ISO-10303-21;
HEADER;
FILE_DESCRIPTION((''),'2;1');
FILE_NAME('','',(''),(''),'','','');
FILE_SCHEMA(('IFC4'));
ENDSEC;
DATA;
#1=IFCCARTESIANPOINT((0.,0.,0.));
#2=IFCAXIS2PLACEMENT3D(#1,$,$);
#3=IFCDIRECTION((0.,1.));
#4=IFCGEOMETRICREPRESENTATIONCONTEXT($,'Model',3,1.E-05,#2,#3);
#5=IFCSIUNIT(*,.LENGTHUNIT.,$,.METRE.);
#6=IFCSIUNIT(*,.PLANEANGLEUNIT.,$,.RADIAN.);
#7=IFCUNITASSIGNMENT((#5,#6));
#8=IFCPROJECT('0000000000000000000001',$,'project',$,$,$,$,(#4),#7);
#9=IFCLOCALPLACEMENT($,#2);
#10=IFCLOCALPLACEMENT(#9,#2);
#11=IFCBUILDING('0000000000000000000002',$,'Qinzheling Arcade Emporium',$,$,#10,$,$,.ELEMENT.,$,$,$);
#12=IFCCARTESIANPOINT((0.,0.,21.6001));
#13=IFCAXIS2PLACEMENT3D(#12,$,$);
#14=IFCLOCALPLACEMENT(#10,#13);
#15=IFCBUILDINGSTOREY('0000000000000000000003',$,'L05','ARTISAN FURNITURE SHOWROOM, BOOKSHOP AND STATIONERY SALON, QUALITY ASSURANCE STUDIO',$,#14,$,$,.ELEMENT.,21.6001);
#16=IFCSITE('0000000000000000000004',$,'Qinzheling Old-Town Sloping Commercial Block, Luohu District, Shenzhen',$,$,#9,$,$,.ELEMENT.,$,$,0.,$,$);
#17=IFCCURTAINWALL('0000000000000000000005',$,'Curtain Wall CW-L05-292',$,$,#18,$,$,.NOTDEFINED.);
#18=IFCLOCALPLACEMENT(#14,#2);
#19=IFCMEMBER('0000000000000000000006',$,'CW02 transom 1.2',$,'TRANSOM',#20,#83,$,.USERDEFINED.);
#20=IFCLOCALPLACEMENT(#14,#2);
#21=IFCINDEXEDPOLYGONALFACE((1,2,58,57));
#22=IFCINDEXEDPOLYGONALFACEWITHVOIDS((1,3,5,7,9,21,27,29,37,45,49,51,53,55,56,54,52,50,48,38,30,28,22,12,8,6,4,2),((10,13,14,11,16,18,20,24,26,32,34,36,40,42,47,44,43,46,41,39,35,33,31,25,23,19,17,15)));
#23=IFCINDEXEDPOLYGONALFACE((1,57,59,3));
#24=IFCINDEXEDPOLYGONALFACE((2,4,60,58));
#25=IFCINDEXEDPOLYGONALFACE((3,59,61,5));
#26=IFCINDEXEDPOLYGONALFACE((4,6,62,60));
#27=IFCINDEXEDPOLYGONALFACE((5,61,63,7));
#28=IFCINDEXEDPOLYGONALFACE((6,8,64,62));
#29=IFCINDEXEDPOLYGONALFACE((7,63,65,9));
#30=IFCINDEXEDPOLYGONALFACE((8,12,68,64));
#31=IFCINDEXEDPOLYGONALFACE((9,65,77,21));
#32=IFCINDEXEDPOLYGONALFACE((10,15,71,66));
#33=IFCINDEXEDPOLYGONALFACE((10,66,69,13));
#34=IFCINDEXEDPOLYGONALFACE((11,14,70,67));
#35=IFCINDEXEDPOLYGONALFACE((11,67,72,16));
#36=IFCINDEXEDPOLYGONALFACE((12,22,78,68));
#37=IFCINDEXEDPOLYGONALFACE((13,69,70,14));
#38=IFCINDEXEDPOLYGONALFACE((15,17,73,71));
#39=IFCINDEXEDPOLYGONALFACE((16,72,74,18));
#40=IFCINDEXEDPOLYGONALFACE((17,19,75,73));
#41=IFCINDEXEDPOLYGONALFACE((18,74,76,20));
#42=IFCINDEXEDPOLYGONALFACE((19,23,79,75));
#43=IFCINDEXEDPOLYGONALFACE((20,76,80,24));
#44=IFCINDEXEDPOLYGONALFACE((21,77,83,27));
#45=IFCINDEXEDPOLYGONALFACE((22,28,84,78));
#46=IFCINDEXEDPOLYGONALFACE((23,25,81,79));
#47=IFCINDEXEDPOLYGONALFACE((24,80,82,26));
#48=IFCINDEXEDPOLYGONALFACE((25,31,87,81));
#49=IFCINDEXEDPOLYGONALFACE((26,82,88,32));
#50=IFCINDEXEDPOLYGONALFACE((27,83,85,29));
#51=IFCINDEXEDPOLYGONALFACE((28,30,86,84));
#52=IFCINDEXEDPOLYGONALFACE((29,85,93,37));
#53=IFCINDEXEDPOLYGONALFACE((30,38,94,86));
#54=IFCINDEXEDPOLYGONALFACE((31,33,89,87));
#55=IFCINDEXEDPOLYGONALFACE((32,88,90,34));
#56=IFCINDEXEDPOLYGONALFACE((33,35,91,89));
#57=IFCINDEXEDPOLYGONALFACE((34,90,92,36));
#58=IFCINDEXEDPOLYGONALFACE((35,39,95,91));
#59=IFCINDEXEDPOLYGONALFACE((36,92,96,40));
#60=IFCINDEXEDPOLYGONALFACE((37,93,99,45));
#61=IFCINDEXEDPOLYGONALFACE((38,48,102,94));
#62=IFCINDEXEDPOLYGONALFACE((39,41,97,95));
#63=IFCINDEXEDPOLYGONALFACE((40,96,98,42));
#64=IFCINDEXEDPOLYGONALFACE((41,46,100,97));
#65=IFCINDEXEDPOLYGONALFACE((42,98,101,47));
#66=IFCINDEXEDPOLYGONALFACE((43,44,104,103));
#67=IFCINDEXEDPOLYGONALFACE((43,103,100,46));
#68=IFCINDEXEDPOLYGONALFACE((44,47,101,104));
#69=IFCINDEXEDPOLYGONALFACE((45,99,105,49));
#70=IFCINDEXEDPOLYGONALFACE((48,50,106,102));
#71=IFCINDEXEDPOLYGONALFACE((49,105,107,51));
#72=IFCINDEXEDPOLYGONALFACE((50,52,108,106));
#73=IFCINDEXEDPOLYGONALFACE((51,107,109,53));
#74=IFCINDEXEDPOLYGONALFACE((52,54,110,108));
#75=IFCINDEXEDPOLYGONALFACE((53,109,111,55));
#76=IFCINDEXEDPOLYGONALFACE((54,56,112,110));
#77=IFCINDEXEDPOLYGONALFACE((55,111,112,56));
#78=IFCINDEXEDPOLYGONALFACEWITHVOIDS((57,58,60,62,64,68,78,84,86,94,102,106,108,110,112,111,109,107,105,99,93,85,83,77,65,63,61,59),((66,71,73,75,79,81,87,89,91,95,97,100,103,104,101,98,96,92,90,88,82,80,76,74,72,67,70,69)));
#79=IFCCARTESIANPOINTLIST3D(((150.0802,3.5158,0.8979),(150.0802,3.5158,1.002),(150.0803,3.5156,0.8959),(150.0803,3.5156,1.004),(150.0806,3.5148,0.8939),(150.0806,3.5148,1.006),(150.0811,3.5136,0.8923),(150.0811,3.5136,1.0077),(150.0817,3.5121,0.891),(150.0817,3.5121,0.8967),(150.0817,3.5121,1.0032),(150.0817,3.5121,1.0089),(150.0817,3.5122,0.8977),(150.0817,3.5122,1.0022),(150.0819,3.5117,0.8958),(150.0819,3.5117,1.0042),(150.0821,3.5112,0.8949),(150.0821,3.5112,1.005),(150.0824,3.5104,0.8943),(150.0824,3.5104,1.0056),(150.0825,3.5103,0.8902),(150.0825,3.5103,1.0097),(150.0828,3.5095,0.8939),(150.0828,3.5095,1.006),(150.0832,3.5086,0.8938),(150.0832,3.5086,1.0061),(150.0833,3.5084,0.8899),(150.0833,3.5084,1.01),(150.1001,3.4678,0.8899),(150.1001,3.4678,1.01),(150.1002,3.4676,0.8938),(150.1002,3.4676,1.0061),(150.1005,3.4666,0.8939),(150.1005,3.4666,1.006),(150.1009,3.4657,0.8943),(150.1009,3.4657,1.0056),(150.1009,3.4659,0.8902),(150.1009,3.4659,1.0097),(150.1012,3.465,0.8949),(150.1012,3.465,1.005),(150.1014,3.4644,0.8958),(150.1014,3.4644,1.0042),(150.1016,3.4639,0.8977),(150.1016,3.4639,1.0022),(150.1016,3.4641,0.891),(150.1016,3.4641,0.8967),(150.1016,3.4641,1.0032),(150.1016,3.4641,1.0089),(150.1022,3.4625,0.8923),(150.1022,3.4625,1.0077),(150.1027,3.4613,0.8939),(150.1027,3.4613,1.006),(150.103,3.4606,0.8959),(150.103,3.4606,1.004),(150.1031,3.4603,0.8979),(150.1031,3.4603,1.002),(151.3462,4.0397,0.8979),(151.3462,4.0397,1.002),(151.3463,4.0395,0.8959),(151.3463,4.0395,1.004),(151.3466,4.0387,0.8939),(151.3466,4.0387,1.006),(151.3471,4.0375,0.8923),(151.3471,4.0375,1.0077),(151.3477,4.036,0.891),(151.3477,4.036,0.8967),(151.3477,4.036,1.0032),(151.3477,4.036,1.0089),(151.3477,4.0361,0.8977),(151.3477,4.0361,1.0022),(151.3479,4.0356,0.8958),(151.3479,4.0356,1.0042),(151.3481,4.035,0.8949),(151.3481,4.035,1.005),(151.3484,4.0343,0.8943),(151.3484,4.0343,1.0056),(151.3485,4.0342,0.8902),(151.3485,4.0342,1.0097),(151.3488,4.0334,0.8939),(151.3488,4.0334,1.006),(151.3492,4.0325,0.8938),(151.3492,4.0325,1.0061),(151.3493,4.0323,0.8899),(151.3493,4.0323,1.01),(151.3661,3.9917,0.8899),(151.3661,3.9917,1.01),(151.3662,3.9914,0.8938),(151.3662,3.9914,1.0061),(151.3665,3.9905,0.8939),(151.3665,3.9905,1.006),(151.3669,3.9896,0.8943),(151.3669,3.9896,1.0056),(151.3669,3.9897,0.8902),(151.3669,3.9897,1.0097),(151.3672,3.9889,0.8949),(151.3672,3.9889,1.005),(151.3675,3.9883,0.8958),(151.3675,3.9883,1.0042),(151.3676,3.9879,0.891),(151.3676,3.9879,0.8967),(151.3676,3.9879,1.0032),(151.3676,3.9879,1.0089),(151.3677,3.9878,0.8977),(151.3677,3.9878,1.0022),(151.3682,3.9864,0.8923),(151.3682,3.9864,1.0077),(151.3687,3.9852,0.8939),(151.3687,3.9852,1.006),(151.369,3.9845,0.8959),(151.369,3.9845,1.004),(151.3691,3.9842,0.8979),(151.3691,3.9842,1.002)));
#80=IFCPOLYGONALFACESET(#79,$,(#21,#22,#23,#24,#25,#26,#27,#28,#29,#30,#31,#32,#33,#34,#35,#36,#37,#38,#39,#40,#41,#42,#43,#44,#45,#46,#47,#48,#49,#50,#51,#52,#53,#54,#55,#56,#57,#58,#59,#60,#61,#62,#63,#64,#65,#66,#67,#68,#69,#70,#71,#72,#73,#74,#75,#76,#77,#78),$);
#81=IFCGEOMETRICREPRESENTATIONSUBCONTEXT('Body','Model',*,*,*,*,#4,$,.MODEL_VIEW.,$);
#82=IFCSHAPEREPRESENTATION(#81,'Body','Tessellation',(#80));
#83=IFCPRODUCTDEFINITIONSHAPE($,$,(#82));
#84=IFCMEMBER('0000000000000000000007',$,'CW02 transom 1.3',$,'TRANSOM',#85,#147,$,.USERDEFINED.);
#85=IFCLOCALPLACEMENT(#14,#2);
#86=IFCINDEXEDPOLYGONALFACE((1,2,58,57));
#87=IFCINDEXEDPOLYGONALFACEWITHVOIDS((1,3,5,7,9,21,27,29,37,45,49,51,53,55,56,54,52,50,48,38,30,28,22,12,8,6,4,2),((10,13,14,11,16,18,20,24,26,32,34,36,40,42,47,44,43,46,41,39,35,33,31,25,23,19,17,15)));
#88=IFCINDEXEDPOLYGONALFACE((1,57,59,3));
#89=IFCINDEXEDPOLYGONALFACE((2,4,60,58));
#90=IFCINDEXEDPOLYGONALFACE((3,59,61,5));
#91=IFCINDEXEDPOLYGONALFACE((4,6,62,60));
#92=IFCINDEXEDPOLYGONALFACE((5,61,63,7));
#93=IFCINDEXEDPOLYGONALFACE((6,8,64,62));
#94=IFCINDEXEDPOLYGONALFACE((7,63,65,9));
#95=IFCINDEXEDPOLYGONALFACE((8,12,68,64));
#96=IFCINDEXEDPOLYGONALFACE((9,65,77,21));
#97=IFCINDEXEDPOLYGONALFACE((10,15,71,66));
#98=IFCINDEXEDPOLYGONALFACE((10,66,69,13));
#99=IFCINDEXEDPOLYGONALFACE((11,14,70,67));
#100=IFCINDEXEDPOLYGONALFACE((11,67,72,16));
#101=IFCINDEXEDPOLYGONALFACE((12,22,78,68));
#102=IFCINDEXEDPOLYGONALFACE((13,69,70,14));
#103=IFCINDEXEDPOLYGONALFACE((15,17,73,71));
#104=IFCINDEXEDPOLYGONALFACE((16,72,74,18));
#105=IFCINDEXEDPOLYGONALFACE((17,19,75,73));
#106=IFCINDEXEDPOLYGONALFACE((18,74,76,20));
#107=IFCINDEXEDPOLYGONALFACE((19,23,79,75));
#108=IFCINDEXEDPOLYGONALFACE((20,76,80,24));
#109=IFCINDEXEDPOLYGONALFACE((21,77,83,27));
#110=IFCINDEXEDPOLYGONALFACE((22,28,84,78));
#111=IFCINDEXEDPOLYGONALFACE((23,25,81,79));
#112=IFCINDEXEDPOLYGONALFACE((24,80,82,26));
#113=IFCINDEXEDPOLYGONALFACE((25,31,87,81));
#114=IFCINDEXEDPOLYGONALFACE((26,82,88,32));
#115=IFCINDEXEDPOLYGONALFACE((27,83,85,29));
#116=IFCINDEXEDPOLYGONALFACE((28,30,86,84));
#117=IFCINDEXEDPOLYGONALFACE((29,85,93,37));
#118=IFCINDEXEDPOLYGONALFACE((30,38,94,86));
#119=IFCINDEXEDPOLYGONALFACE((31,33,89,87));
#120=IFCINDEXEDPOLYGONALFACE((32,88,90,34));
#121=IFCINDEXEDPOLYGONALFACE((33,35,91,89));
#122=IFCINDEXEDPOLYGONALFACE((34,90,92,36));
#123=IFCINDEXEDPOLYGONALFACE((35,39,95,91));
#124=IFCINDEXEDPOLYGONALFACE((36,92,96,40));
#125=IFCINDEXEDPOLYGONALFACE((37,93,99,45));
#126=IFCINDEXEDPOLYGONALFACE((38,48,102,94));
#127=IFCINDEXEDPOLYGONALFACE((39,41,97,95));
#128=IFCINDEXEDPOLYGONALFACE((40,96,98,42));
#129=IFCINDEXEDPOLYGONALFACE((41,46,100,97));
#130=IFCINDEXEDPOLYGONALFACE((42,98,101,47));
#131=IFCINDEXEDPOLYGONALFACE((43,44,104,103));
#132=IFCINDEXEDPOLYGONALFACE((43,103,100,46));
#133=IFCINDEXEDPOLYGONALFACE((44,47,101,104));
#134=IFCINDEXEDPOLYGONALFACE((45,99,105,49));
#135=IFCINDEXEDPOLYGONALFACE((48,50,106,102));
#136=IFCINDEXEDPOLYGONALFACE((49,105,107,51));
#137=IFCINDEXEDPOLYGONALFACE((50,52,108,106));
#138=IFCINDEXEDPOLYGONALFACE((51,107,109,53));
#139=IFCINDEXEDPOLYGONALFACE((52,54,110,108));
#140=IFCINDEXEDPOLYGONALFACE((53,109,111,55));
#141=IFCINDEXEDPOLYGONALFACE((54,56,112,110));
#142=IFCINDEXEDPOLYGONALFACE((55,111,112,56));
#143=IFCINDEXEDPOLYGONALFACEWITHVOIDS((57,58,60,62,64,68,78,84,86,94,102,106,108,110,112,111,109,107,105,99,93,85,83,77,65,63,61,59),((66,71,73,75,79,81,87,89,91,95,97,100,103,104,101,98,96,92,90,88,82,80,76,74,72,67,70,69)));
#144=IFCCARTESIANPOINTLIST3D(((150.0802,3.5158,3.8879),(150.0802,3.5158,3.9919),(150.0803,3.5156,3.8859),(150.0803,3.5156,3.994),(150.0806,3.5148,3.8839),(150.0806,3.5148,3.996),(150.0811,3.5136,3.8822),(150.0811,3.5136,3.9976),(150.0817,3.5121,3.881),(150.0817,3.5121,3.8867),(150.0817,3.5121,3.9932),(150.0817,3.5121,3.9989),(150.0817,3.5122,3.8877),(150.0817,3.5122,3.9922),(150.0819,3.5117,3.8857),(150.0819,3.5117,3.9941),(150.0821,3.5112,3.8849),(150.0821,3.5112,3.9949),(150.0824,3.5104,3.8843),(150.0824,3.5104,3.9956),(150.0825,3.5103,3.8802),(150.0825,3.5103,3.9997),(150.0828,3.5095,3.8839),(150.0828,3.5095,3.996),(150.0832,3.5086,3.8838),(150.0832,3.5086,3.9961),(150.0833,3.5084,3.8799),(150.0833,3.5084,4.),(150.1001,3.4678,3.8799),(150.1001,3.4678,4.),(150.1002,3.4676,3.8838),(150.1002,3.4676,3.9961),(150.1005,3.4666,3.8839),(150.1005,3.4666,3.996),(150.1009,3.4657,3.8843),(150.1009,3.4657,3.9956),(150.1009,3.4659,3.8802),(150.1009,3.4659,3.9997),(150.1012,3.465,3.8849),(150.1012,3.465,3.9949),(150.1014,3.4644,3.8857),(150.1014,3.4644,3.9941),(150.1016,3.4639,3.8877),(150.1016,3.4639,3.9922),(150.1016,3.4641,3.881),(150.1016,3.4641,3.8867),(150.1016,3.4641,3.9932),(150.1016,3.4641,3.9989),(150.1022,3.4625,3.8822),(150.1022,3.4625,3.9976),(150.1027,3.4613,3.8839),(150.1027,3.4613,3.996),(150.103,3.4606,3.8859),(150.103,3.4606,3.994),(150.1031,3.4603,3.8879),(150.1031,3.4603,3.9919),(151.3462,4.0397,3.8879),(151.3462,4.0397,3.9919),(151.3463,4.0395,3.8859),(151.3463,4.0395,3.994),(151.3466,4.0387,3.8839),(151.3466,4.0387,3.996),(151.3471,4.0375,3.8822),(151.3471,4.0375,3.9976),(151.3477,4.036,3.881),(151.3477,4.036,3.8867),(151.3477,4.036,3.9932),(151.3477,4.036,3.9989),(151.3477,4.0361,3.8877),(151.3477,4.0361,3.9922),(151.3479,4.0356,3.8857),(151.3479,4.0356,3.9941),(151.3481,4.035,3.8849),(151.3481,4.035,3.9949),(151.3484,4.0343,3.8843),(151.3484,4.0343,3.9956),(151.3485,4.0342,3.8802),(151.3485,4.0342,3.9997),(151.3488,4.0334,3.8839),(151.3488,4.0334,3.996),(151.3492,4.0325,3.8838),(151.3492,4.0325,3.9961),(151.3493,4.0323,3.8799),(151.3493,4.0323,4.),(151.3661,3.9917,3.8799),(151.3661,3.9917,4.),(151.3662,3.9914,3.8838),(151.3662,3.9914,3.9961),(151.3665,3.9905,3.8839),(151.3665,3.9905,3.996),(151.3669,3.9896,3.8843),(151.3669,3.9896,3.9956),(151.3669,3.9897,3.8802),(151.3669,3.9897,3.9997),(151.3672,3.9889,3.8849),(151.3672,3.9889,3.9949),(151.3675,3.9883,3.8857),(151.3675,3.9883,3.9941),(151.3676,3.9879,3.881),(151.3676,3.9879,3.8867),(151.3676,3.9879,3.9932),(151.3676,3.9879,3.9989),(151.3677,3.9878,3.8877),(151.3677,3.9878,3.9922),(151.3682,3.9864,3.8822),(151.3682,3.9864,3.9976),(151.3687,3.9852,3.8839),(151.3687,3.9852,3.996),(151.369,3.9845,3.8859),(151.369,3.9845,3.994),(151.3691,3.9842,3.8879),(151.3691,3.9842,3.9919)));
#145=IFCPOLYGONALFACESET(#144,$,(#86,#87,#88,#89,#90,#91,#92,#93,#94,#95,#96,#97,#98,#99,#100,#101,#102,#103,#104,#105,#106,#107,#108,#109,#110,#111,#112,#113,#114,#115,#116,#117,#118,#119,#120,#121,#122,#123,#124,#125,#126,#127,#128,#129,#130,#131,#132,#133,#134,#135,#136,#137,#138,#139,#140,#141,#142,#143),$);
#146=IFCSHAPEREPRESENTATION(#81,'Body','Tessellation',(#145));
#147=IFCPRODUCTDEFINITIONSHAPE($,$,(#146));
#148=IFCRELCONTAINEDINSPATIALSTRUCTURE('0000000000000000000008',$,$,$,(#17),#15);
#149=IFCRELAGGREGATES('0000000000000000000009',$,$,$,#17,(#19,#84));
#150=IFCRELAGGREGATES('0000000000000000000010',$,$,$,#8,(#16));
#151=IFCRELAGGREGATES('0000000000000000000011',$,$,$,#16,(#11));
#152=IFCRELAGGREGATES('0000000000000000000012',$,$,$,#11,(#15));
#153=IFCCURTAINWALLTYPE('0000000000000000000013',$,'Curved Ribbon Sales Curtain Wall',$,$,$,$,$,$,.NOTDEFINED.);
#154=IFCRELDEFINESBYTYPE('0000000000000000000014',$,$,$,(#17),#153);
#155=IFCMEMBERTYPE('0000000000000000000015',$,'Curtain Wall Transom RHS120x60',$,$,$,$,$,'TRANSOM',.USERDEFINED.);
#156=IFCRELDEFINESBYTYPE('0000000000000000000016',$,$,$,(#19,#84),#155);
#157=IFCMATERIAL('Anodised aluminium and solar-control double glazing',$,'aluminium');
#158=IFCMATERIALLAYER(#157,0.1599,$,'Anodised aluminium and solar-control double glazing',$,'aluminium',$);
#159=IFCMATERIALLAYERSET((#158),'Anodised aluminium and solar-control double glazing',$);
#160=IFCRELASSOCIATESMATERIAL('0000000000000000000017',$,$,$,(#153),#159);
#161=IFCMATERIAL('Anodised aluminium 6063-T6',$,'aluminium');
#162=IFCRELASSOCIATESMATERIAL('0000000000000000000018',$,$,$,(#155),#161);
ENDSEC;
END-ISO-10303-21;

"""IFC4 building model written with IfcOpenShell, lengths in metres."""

from ifc_helpers import new_model, si_unit, direction, frame, origin, origin_2d, place, context, subcontext, project, spatial, hollow_rectangle, extrude, material, layer, layer_set, material_profile, profile_set, type_object, element, aggregate, save


model = new_model("IFC4")

# Units and contexts
model_context = context("Model", 3, precision=1e-05, world=origin(), true_north=direction((0.0, 1.0)))
body_context = subcontext(model_context, "Body", "Model", "MODEL_VIEW")
ifc_project = project(units=[si_unit("LENGTHUNIT", "METRE"), si_unit("PLANEANGLEUNIT", "RADIAN")], contexts=[model_context])

# Site, building, storey
site_placement = place(None, origin())
site = spatial("IfcSite", under=ifc_project, at=site_placement, Name="Qinzheling Old-Town Sloping Commercial Block, Luohu District, Shenzhen", CompositionType="ELEMENT", RefElevation=0.0)
building_placement = place(site_placement, origin())
building = spatial("IfcBuilding", under=site, at=building_placement, Name="Qinzheling Arcade Emporium", CompositionType="ELEMENT")
storey_placement = place(building_placement, frame((0.0, 0.0, 21.6001)))
storey = spatial("IfcBuildingStorey", under=building, at=storey_placement, Name="L05", Description="ARTISAN FURNITURE SHOWROOM, BOOKSHOP AND STATIONERY SALON, QUALITY ASSURANCE STUDIO", CompositionType="ELEMENT", Elevation=21.6001)

# Shared definitions
ifc_material_1 = material(Name="Anodised aluminium and solar-control double glazing", Category="aluminium")
ifc_layer_1 = layer(ifc_material_1, 0.1599, Name="Anodised aluminium and solar-control double glazing", Category="aluminium")
ifc_layer_set_1 = layer_set([ifc_layer_1], Name="Anodised aluminium and solar-control double glazing")
curtain_wall_type = type_object("IfcCurtainWallType", Name="Curved Ribbon Sales Curtain Wall", PredefinedType="NOTDEFINED", material=ifc_layer_set_1)
ifc_material_2 = material(Name="Anodised aluminium 6063-T6", Category="aluminium")

# Curtain wall
curtain_wall_1_placement = place(storey_placement, origin())
curtain_wall_1 = element("IfcCurtainWall", 1, at=curtain_wall_1_placement, inside=storey, type_object=curtain_wall_type, Name="Curtain Wall CW-L05-292", PredefinedType="NOTDEFINED")

# Members
ifc_material_profile_1 = material_profile(ifc_material_2, hollow_rectangle(XDim=0.0601, YDim=0.1201, WallThickness=0.0039, InnerFilletRadius=0.0039, OuterFilletRadius=0.0081, at=origin_2d()), Name="RHS 120x60x4", Category="aluminium")
ifc_profile_set_1 = profile_set([ifc_material_profile_1], Name="Anodised aluminium 6063-T6")
member_type_1 = type_object("IfcMemberType", Name="Curtain Wall Transom RHS120x60", ElementType="TRANSOM", PredefinedType="USERDEFINED", material=ifc_profile_set_1)
member_1_placement = place(storey_placement, frame((151.3577, 4.012, 0.95), z_axis=(-0.924012, -0.382362, 0.0), x_axis=(0.382362, -0.924012, 0.0)))
member_1 = element("IfcMember", 2, at=member_1_placement, type_object=member_type_1, Name="CW02 transom 1.2", ObjectType="TRANSOM", PredefinedType="USERDEFINED", context=body_context, shape_type="SweptSolid", body=[
    extrude(hollow_rectangle(XDim=0.0601, YDim=0.1201, WallThickness=0.0039, InnerFilletRadius=0.0039, OuterFilletRadius=0.0081, at=origin_2d()), origin(), (0.0, 0.0, 1.0), 1.3701),
])
member_2_placement = place(storey_placement, frame((151.3577, 4.012, 3.9399), z_axis=(-0.924012, -0.382362, 0.0), x_axis=(0.382362, -0.924012, 0.0)))
member_2 = element("IfcMember", 3, at=member_2_placement, type_object=member_type_1, Name="CW02 transom 1.3", ObjectType="TRANSOM", PredefinedType="USERDEFINED", context=body_context, shape_type="SweptSolid", body=[
    extrude(hollow_rectangle(XDim=0.0601, YDim=0.1201, WallThickness=0.0039, InnerFilletRadius=0.0039, OuterFilletRadius=0.0081, at=origin_2d()), origin(), (0.0, 0.0, 1.0), 1.3701),
])

aggregate(curtain_wall_1, [member_1, member_2])

save(model, "model.ifc")
